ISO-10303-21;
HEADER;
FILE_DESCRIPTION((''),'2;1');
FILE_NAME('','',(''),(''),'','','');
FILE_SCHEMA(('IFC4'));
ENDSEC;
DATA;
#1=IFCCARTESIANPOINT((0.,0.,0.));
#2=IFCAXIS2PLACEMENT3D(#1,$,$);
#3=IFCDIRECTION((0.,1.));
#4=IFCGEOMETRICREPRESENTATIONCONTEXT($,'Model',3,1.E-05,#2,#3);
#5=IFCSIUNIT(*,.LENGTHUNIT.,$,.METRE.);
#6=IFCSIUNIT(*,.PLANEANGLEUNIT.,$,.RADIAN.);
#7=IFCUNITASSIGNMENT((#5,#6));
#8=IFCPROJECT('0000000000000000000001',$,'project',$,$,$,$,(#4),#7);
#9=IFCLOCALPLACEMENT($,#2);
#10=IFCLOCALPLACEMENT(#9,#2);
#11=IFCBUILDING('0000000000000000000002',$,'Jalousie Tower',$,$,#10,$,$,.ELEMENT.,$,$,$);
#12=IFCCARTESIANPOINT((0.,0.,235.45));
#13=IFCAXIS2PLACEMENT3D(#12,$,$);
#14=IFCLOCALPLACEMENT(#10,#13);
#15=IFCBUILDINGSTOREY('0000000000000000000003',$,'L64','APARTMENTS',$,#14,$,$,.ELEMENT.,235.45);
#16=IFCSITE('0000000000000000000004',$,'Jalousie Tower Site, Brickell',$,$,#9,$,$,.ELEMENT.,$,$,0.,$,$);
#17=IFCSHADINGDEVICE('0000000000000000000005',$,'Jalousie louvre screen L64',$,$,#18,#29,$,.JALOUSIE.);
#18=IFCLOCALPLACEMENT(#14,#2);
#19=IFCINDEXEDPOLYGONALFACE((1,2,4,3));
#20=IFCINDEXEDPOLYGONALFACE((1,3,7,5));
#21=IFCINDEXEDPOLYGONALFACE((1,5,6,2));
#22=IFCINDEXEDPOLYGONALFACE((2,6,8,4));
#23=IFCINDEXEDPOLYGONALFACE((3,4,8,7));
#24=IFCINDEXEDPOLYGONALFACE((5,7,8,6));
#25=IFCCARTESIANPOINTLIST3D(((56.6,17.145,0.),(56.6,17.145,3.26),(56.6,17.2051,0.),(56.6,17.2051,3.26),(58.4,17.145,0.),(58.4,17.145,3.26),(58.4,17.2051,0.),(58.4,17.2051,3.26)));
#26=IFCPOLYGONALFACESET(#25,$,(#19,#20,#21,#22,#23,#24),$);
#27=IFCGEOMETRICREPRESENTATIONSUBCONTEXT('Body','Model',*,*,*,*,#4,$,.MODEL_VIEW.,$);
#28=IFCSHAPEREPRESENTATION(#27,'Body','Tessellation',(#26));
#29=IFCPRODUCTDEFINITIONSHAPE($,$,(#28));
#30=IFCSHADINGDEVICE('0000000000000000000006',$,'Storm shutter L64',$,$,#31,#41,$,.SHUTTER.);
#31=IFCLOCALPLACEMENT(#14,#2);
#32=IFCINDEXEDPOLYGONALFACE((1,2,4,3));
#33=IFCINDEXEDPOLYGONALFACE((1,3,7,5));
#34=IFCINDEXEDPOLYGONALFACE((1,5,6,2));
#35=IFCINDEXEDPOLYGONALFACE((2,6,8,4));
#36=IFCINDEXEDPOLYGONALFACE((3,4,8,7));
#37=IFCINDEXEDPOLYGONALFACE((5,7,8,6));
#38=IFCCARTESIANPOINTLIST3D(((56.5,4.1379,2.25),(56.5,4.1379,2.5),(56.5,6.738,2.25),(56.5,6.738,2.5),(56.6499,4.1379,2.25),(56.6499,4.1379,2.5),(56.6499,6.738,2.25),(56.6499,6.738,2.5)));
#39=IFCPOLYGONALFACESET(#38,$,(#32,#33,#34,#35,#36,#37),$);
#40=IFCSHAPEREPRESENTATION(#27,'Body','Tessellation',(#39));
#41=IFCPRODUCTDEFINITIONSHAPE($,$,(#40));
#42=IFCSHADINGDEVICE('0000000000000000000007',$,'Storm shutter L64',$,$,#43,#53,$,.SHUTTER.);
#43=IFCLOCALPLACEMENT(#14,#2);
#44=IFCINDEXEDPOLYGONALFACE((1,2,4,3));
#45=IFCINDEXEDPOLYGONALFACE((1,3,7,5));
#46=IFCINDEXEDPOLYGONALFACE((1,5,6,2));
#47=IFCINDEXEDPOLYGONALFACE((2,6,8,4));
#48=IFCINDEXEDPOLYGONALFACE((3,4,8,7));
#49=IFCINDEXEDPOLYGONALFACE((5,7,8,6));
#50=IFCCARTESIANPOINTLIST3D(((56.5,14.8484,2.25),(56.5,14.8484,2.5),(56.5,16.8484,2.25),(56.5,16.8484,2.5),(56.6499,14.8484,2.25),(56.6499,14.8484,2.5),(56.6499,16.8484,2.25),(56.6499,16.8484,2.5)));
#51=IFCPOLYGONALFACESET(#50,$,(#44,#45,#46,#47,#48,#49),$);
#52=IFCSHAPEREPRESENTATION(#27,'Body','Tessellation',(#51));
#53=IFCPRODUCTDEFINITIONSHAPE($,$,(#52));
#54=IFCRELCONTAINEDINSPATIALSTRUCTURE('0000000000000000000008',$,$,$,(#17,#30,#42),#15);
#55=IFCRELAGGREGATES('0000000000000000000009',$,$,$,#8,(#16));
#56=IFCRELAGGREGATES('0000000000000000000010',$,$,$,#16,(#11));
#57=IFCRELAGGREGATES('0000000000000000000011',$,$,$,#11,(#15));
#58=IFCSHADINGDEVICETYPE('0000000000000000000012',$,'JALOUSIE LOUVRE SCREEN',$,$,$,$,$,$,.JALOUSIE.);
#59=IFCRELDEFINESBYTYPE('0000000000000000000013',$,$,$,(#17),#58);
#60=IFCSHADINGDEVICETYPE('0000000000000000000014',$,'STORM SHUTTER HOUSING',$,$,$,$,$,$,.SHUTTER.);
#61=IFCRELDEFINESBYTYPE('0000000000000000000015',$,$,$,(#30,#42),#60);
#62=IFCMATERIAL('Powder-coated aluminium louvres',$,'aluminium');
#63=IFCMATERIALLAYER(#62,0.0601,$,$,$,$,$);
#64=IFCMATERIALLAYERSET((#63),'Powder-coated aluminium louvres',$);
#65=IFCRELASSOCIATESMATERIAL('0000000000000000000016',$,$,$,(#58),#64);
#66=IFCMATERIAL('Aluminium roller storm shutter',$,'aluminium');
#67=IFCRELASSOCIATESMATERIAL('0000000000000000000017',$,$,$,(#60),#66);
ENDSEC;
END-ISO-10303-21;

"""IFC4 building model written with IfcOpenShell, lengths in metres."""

from ifc_helpers import new_model, si_unit, direction, frame, origin, origin_2d, place, context, subcontext, project, spatial, rectangle, extrude, material, layer, layer_set, type_object, element, save


model = new_model("IFC4")

# Units and contexts
model_context = context("Model", 3, precision=1e-05, world=origin(), true_north=direction((0.0, 1.0)))
body_context = subcontext(model_context, "Body", "Model", "MODEL_VIEW")
ifc_project = project(units=[si_unit("LENGTHUNIT", "METRE"), si_unit("PLANEANGLEUNIT", "RADIAN")], contexts=[model_context])

# Site, building, storey
site_placement = place(None, origin())
site = spatial("IfcSite", under=ifc_project, at=site_placement, Name="Jalousie Tower Site, Brickell", CompositionType="ELEMENT", RefElevation=0.0)
building_placement = place(site_placement, origin())
building = spatial("IfcBuilding", under=site, at=building_placement, Name="Jalousie Tower", CompositionType="ELEMENT")
storey_placement = place(building_placement, frame((0.0, 0.0, 235.45)))
storey = spatial("IfcBuildingStorey", under=building, at=storey_placement, Name="L64", Description="APARTMENTS", CompositionType="ELEMENT", Elevation=235.45)

# Shading devices
ifc_material_1 = material(Name="Powder-coated aluminium louvres", Category="aluminium")
ifc_layer_1 = layer(ifc_material_1, 0.0601)
ifc_layer_set_1 = layer_set([ifc_layer_1], Name="Powder-coated aluminium louvres")
shading_device_type_1 = type_object("IfcShadingDeviceType", Name="JALOUSIE LOUVRE SCREEN", PredefinedType="JALOUSIE", material=ifc_layer_set_1)
shading_device_1_placement = place(storey_placement, frame((57.5, 17.175, 0.0), z_axis=(0.0, 0.0, 1.0), x_axis=(0.0, 1.0, 0.0)))
element("IfcShadingDevice", 1, at=shading_device_1_placement, inside=storey, type_object=shading_device_type_1, Name="Jalousie louvre screen L64", PredefinedType="JALOUSIE", context=body_context, shape_type="SweptSolid", body=[
    extrude(rectangle(XDim=0.0601, YDim=1.8, at=origin_2d()), origin(), (0.0, 0.0, 1.0), 3.26),
])
ifc_material_2 = material(Name="Aluminium roller storm shutter", Category="aluminium")
shading_device_type_2 = type_object("IfcShadingDeviceType", Name="STORM SHUTTER HOUSING", PredefinedType="SHUTTER", material=ifc_material_2)
shading_device_2_placement = place(storey_placement, frame((56.575, 5.438, 2.25), z_axis=(0.0, 0.0, 1.0), x_axis=(0.0, 1.0, 0.0)))
element("IfcShadingDevice", 2, at=shading_device_2_placement, inside=storey, type_object=shading_device_type_2, Name="Storm shutter L64", PredefinedType="SHUTTER", context=body_context, shape_type="SweptSolid", body=[
    extrude(rectangle(XDim=2.6001, YDim=0.1499, at=origin_2d()), origin(), (0.0, 0.0, 1.0), 0.25),
])
shading_device_3_placement = place(storey_placement, frame((56.575, 15.8484, 2.25), z_axis=(0.0, 0.0, 1.0), x_axis=(0.0, 1.0, 0.0)))
element("IfcShadingDevice", 3, at=shading_device_3_placement, inside=storey, type_object=shading_device_type_2, Name="Storm shutter L64", PredefinedType="SHUTTER", context=body_context, shape_type="SweptSolid", body=[
    extrude(rectangle(XDim=2.0, YDim=0.1499, at=origin_2d()), origin(), (0.0, 0.0, 1.0), 0.25),
])

save(model, "model.ifc")
